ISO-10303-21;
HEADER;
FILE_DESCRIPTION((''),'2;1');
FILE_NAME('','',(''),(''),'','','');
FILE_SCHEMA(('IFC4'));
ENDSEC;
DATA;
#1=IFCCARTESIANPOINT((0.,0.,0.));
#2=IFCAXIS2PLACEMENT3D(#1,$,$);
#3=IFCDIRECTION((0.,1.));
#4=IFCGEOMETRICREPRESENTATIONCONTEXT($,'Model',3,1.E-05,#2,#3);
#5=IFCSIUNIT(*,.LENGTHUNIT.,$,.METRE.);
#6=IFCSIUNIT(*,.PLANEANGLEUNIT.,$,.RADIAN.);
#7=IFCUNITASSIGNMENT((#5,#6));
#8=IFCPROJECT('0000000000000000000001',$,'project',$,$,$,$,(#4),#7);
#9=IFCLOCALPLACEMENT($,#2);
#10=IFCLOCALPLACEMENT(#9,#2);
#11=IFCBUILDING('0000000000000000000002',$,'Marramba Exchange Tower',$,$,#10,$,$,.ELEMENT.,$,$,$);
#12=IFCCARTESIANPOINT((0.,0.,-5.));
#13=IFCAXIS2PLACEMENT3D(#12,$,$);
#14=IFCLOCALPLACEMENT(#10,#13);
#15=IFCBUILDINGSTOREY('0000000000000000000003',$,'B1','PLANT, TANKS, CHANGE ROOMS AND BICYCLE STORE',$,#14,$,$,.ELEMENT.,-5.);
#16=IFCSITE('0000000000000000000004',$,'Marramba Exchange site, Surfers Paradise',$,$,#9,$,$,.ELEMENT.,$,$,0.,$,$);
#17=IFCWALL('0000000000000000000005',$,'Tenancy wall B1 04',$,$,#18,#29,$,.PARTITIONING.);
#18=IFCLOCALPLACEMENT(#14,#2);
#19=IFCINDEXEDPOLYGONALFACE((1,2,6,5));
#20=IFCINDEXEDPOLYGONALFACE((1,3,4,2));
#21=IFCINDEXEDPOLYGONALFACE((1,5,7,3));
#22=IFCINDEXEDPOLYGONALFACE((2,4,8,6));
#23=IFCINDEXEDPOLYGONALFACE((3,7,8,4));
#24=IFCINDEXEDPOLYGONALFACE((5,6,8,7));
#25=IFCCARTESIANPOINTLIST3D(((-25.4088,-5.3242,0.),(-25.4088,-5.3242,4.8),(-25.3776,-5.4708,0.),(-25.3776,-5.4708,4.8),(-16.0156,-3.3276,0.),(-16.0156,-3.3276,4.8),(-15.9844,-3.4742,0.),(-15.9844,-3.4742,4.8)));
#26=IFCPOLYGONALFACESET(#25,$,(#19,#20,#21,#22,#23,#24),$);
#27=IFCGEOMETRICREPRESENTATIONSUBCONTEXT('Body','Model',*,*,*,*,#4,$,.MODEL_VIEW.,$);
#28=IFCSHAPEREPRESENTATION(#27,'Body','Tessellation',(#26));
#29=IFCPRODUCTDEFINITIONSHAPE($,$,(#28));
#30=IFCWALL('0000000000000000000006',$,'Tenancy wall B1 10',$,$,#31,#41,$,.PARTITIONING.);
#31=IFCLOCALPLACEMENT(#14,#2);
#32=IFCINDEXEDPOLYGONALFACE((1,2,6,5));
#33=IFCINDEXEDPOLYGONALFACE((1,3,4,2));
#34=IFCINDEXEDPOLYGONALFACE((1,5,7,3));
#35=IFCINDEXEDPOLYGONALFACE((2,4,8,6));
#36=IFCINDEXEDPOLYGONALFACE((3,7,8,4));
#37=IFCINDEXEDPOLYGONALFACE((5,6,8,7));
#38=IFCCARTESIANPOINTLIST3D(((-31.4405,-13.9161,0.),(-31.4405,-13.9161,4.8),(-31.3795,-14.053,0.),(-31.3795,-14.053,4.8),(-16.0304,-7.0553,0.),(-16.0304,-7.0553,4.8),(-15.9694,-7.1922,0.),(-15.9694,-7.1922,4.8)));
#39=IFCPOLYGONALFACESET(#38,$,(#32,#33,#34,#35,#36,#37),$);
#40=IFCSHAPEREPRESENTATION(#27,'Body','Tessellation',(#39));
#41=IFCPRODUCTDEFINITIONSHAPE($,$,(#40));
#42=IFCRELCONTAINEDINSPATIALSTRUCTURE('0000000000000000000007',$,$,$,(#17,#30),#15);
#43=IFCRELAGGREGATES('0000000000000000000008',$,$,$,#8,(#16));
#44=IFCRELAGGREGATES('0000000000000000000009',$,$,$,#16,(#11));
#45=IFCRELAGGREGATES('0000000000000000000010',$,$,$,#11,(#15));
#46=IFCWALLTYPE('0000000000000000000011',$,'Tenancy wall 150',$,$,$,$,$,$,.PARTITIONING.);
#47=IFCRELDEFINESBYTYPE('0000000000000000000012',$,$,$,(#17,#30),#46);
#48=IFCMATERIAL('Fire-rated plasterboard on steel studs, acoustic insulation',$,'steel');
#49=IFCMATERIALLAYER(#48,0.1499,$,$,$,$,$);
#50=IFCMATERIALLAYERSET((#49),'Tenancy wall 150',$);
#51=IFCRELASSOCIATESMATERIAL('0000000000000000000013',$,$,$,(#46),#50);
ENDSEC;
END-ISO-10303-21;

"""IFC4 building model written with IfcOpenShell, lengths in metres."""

from ifc_helpers import new_model, si_unit, direction, frame, frame_2d, origin, place, context, subcontext, project, spatial, rectangle, extrude, material, layer, layer_set, type_object, element, save


model = new_model("IFC4")

# Units and contexts
model_context = context("Model", 3, precision=1e-05, world=origin(), true_north=direction((0.0, 1.0)))
body_context = subcontext(model_context, "Body", "Model", "MODEL_VIEW")
ifc_project = project(units=[si_unit("LENGTHUNIT", "METRE"), si_unit("PLANEANGLEUNIT", "RADIAN")], contexts=[model_context])

# Site, building, storey
site_placement = place(None, origin())
site = spatial("IfcSite", under=ifc_project, at=site_placement, Name="Marramba Exchange site, Surfers Paradise", CompositionType="ELEMENT", RefElevation=0.0)
building_placement = place(site_placement, origin())
building = spatial("IfcBuilding", under=site, at=building_placement, Name="Marramba Exchange Tower", CompositionType="ELEMENT")
storey_placement = place(building_placement, frame((0.0, 0.0, -5.0)))
storey = spatial("IfcBuildingStorey", under=building, at=storey_placement, Name="B1", Description="PLANT, TANKS, CHANGE ROOMS AND BICYCLE STORE", CompositionType="ELEMENT", Elevation=-5.0)

# Walls
ifc_material_1 = material(Name="Fire-rated plasterboard on steel studs, acoustic insulation", Category="steel")
ifc_layer_1 = layer(ifc_material_1, 0.1499)
ifc_layer_set_1 = layer_set([ifc_layer_1], Name="Tenancy wall 150")
wall_type_1 = type_object("IfcWallType", Name="Tenancy wall 150", PredefinedType="PARTITIONING", material=ifc_layer_set_1)
wall_1_placement = place(storey_placement, frame((-16.0, -3.4009, 0.0), z_axis=(0.0, 0.0, 1.0), x_axis=(-0.978147, -0.207914, 0.0)))
element("IfcWall", 1, at=wall_1_placement, inside=storey, type_object=wall_type_1, Name="Tenancy wall B1 04", PredefinedType="PARTITIONING", context=body_context, shape_type="SweptSolid", body=[
    extrude(rectangle(XDim=9.603, YDim=0.1499, at=frame_2d((4.8015, 0.0))), origin(), (0.0, 0.0, 1.0), 4.8),
])
wall_2_placement = place(storey_placement, frame((-16.0, -7.1238, 0.0), z_axis=(0.0, 0.0, 1.0), x_axis=(-0.91355, -0.406727, 0.0)))
element("IfcWall", 2, at=wall_2_placement, inside=storey, type_object=wall_type_1, Name="Tenancy wall B1 10", PredefinedType="PARTITIONING", context=body_context, shape_type="SweptSolid", body=[
    extrude(rectangle(XDim=16.8684, YDim=0.1499, at=frame_2d((8.4341, 0.0))), origin(), (0.0, 0.0, 1.0), 4.8),
])

save(model, "model.ifc")
